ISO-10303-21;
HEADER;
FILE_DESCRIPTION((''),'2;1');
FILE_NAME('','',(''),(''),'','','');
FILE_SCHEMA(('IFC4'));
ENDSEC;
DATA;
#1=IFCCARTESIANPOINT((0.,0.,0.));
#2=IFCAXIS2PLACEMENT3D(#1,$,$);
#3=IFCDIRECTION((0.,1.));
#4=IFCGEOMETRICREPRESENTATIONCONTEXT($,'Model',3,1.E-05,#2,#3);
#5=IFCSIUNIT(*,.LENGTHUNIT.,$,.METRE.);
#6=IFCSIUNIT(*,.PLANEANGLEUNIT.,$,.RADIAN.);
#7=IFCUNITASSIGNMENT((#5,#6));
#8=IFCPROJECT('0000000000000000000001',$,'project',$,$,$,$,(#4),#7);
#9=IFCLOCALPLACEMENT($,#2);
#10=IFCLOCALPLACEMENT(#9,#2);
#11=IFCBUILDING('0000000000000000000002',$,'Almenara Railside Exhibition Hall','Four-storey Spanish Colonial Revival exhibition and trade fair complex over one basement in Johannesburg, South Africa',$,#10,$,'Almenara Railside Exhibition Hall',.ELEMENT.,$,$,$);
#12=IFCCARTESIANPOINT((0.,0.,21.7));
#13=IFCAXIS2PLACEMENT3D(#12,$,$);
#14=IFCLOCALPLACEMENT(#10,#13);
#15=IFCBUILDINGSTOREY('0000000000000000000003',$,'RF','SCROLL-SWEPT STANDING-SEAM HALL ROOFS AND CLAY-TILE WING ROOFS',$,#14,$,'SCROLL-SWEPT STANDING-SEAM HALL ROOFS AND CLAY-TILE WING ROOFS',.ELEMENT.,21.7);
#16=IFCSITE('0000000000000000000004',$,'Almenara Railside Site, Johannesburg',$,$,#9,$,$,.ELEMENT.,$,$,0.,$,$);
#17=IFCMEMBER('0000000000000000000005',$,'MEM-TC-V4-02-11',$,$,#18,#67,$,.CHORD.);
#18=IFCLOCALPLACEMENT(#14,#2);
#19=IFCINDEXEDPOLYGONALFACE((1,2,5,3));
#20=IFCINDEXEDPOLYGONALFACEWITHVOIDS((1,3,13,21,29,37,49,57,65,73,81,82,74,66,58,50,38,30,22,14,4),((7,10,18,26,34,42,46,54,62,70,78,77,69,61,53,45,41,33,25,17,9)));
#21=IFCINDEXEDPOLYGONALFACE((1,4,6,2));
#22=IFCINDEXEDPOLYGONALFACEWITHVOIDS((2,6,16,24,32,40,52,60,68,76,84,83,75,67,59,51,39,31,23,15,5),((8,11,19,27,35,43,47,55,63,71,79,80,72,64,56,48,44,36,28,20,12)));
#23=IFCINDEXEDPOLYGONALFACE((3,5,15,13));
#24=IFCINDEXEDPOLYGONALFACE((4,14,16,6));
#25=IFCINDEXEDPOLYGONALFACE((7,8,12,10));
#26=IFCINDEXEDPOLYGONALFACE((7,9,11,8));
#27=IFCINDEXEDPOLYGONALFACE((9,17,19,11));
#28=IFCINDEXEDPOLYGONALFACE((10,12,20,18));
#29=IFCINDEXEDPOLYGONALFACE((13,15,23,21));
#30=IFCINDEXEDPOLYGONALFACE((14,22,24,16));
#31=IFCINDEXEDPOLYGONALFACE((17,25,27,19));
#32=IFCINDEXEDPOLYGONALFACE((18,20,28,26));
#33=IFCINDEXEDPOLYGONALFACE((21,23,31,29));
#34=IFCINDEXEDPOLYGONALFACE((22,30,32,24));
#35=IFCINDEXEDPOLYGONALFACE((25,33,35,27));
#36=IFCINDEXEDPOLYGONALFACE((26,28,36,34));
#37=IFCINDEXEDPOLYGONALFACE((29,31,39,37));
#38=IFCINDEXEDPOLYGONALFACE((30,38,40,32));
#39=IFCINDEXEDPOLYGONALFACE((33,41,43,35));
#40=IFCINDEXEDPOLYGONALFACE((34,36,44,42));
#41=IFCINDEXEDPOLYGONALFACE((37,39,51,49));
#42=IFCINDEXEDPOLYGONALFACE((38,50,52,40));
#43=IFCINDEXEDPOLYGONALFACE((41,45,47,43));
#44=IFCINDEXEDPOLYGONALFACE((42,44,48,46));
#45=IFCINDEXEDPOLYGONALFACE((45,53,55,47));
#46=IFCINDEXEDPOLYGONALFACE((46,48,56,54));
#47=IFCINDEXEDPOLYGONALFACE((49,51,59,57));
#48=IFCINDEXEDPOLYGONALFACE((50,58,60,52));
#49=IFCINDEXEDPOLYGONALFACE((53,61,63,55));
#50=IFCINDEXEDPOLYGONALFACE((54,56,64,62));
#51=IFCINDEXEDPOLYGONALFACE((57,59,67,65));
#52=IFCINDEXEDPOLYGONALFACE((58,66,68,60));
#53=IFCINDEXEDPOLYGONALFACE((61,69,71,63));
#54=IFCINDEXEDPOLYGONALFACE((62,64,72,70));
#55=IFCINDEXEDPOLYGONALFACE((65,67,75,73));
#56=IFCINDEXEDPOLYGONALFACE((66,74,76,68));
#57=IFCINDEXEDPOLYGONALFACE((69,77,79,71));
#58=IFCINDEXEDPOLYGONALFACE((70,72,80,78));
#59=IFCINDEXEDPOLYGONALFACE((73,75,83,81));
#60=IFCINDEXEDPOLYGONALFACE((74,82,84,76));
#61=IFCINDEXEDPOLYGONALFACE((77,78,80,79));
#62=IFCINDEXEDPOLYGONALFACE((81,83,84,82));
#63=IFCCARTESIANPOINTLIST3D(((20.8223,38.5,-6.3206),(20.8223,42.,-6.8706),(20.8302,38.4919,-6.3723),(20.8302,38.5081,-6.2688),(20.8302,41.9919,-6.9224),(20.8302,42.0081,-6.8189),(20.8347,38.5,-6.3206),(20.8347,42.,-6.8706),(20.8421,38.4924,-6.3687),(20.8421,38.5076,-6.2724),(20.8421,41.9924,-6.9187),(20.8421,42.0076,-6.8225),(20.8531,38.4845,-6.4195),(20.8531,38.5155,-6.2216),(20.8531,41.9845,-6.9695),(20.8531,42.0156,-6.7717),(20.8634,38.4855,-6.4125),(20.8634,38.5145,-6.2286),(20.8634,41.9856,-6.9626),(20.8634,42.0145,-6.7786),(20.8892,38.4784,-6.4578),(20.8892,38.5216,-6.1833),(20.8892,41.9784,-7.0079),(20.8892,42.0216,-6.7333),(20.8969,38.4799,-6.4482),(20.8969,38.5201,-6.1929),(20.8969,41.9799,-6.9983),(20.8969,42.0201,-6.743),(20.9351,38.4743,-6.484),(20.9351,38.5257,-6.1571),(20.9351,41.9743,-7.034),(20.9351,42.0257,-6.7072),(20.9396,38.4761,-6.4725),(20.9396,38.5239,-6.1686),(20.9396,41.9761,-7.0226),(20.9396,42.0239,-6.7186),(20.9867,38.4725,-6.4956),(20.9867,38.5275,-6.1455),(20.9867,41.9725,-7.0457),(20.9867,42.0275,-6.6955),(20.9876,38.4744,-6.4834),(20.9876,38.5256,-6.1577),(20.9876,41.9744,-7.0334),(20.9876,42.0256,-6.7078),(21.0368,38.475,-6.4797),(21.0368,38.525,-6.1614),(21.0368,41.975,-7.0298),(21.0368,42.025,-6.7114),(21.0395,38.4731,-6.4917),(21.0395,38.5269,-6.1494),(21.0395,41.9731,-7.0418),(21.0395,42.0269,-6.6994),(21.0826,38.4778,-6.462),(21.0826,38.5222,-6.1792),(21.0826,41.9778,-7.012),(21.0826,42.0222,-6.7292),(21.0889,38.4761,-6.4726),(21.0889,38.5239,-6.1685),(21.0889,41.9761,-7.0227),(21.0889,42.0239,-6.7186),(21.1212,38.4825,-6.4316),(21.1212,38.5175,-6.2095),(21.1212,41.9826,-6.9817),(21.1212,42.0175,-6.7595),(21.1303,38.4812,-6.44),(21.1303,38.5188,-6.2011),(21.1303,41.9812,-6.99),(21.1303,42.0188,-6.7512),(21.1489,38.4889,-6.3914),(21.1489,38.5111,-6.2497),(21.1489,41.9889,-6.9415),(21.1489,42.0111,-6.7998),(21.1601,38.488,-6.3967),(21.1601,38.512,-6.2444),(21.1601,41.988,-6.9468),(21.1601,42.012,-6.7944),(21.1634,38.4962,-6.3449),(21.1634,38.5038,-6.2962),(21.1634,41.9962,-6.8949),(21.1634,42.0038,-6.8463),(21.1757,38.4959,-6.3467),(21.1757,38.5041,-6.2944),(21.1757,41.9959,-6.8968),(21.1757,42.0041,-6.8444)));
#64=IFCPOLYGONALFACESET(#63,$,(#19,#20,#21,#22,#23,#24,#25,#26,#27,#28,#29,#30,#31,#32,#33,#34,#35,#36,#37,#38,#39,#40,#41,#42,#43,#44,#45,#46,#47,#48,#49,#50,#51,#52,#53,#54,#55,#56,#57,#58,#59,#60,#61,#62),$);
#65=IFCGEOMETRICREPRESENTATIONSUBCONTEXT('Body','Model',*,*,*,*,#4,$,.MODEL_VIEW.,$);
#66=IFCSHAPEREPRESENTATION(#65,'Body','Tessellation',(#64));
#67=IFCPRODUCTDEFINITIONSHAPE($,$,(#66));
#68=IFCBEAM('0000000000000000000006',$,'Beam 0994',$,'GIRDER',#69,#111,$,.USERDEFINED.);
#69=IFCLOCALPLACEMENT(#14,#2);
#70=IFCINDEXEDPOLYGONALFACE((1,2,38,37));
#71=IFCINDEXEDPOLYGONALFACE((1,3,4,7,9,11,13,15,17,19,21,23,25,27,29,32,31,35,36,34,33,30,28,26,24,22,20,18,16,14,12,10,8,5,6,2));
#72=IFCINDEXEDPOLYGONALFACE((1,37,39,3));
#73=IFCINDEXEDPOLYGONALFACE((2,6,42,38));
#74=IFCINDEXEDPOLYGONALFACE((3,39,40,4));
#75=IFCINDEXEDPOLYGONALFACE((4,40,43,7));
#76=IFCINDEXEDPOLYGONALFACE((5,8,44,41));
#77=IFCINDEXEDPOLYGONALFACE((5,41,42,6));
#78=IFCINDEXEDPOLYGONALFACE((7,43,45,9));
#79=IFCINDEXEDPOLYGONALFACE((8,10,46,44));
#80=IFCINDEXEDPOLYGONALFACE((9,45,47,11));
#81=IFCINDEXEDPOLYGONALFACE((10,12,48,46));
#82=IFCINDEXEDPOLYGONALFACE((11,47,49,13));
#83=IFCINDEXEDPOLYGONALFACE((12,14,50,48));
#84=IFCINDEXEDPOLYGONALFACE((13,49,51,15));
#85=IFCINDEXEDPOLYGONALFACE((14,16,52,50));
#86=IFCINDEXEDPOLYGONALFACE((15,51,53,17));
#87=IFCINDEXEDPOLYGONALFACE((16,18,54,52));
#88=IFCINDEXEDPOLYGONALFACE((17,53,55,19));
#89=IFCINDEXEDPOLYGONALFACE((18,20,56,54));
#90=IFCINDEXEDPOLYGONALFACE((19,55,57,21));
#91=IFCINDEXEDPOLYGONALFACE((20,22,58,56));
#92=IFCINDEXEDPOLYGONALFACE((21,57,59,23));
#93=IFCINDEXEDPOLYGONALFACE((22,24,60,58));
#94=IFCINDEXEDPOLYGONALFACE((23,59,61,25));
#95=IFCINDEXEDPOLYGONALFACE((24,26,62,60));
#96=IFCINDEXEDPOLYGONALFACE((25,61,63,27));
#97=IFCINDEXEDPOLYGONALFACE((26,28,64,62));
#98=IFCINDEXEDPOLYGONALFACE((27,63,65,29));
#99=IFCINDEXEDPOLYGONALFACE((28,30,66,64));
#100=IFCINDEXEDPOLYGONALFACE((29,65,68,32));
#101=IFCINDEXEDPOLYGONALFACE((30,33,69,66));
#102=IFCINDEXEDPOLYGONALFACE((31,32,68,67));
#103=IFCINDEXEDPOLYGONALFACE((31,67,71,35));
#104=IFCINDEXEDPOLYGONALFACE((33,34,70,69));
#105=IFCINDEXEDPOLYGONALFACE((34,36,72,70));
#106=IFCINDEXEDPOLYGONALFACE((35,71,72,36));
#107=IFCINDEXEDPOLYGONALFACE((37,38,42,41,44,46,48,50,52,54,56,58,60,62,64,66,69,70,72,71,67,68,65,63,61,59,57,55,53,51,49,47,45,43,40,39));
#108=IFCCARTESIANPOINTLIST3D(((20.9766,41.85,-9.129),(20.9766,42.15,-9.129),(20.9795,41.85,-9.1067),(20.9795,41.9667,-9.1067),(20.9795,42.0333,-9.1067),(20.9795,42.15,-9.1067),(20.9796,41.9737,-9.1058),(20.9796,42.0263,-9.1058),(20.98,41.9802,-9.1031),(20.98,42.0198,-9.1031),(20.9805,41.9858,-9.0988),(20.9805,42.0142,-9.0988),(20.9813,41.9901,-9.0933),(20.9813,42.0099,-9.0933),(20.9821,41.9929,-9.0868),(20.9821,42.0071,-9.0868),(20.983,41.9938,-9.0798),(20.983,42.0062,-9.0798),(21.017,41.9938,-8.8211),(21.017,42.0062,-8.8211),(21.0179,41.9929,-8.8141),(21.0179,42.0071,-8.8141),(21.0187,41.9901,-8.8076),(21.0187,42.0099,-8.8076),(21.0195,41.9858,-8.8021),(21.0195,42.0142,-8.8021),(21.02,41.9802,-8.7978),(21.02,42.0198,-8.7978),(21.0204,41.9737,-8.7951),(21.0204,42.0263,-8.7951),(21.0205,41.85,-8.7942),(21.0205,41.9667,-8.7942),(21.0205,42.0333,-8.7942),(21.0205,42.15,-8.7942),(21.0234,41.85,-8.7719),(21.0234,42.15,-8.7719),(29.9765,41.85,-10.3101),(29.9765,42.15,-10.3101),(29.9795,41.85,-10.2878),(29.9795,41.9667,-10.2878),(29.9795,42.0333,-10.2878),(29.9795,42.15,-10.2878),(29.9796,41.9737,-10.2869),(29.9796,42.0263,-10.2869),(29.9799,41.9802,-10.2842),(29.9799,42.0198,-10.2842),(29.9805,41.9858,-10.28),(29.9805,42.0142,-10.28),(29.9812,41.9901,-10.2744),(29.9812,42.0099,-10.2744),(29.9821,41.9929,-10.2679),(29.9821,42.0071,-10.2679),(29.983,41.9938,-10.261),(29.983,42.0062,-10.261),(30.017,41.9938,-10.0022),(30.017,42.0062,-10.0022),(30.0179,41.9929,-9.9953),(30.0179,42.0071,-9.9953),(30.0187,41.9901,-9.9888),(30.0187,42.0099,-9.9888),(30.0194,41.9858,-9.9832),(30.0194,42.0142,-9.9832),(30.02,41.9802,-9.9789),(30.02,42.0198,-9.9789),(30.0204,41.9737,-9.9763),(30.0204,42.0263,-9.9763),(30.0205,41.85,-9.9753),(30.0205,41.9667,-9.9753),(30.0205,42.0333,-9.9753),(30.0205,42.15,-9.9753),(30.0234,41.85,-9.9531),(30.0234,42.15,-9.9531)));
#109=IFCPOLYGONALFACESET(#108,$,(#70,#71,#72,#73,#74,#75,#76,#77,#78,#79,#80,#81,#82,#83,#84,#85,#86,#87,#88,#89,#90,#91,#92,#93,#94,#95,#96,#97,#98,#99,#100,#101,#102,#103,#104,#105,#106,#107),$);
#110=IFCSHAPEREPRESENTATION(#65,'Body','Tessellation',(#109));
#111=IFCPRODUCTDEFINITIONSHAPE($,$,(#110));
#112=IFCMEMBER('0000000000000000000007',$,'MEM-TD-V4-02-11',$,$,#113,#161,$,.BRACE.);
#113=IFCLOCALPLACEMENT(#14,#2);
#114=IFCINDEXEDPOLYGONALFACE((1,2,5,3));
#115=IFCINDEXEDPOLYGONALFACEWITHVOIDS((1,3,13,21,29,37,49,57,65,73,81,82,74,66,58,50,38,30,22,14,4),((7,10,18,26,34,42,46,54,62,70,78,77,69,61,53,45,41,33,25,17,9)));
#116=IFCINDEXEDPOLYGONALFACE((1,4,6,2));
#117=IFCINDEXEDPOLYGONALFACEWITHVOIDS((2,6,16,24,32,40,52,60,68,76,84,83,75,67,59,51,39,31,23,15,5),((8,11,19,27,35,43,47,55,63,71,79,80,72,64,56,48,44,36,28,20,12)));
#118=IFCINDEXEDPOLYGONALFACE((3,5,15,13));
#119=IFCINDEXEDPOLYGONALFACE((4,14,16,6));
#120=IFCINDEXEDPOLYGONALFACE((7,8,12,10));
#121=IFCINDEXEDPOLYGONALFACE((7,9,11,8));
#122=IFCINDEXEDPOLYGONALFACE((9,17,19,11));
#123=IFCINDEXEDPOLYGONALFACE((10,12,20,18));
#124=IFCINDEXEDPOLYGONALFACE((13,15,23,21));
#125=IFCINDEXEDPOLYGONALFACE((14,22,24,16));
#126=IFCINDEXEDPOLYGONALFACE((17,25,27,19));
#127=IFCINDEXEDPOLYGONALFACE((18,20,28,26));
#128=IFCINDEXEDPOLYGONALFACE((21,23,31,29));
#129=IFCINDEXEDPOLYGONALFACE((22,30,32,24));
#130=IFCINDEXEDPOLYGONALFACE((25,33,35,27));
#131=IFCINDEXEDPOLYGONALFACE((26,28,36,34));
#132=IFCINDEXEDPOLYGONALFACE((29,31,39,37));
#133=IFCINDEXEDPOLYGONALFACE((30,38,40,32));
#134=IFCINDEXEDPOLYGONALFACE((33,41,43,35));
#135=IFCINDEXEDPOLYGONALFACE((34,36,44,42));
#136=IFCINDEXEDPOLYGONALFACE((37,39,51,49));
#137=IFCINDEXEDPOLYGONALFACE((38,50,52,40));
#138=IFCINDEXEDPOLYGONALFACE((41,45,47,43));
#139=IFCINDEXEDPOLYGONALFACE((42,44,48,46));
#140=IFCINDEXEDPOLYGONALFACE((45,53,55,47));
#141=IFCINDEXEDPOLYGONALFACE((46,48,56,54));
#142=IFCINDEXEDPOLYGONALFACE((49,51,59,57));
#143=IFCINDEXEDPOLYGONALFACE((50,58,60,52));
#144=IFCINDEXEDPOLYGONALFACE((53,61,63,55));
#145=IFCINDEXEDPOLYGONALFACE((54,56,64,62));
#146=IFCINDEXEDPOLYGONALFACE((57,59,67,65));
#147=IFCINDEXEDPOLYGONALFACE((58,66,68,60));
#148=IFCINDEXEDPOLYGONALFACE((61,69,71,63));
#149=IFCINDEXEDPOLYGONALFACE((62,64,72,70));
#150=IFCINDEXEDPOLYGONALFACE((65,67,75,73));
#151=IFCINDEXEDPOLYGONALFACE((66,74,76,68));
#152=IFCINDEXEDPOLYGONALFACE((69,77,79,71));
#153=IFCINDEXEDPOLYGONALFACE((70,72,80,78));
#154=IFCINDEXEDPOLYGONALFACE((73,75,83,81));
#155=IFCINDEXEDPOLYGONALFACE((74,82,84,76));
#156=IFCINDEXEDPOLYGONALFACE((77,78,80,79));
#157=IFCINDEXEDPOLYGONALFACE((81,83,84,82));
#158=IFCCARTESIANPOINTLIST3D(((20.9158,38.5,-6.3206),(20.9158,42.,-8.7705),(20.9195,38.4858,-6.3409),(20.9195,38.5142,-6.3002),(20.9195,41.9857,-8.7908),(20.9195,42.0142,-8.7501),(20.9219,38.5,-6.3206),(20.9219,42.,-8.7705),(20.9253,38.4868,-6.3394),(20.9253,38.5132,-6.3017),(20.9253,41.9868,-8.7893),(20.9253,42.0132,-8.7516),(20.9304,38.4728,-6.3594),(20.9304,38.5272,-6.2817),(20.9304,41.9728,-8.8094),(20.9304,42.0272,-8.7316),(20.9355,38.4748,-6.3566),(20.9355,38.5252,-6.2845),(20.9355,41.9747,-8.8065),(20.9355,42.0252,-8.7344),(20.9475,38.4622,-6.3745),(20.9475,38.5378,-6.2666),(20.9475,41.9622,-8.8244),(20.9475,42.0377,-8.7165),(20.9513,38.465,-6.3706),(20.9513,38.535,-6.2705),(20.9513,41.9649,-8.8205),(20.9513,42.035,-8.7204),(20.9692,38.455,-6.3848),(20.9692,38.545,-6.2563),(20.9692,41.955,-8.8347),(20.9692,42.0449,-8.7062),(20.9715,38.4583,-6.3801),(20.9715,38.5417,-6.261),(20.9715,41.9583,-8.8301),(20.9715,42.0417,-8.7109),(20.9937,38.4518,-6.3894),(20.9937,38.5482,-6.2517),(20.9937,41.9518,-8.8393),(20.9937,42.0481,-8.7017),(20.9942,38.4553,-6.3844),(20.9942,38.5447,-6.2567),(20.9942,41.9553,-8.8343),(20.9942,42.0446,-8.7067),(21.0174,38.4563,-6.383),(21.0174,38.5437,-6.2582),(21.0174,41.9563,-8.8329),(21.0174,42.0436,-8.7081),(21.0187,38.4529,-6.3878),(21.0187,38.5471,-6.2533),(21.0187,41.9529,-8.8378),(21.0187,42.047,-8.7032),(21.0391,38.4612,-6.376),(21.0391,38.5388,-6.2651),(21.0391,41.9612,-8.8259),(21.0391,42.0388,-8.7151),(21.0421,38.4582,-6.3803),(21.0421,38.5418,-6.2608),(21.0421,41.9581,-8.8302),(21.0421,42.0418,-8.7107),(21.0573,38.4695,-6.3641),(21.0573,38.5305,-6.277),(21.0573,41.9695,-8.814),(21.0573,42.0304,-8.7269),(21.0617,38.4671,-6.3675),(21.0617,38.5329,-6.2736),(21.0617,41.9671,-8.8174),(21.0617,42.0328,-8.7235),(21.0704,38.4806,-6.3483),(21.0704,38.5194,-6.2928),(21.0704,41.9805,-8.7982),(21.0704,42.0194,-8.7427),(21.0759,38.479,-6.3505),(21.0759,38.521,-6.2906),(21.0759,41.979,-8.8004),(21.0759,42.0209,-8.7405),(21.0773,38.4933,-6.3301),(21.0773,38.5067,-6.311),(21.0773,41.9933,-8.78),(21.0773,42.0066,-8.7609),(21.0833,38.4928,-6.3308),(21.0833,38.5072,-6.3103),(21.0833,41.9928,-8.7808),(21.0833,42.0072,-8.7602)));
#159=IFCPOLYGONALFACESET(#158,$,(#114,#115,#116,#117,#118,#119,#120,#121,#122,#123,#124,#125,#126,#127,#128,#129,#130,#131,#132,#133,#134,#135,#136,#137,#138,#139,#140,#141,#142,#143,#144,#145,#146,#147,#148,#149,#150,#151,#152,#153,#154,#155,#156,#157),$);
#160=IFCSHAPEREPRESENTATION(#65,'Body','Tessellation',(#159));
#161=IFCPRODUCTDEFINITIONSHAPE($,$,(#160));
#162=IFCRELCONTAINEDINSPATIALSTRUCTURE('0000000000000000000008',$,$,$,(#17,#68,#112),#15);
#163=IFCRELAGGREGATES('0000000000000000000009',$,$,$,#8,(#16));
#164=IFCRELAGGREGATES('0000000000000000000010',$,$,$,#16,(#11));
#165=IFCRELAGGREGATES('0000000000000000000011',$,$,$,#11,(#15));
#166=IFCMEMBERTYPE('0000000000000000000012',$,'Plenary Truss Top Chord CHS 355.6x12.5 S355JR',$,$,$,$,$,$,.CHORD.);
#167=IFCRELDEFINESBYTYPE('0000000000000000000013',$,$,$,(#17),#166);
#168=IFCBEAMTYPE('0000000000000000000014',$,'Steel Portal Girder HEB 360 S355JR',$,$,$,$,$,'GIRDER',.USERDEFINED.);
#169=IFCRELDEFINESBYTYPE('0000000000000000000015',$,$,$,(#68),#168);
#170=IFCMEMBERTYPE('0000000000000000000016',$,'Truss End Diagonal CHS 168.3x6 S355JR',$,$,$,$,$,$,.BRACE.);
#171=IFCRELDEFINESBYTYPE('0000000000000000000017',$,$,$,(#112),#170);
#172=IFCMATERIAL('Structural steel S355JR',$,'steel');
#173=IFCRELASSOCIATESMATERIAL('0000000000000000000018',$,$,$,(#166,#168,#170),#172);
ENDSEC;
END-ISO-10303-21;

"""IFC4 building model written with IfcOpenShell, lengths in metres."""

from ifc_helpers import new_model, si_unit, direction, frame, origin, origin_2d, place, context, subcontext, project, spatial, hollow_circle, i_section, extrude, material, material_profile, profile_set, type_object, element, save


model = new_model("IFC4")

# Units and contexts
model_context = context("Model", 3, precision=1e-05, world=origin(), true_north=direction((0.0, 1.0)))
body_context = subcontext(model_context, "Body", "Model", "MODEL_VIEW")
ifc_project = project(units=[si_unit("LENGTHUNIT", "METRE"), si_unit("PLANEANGLEUNIT", "RADIAN")], contexts=[model_context])

# Site, building, storey
site_placement = place(None, origin())
site = spatial("IfcSite", under=ifc_project, at=site_placement, Name="Almenara Railside Site, Johannesburg", CompositionType="ELEMENT", RefElevation=0.0)
building_placement = place(site_placement, origin())
building = spatial("IfcBuilding", under=site, at=building_placement, Name="Almenara Railside Exhibition Hall", Description="Four-storey Spanish Colonial Revival exhibition and trade fair complex over one basement in Johannesburg, South Africa", LongName="Almenara Railside Exhibition Hall", CompositionType="ELEMENT")
storey_placement = place(building_placement, frame((0.0, 0.0, 21.7)))
storey = spatial("IfcBuildingStorey", under=building, at=storey_placement, Name="RF", Description="SCROLL-SWEPT STANDING-SEAM HALL ROOFS AND CLAY-TILE WING ROOFS", LongName="SCROLL-SWEPT STANDING-SEAM HALL ROOFS AND CLAY-TILE WING ROOFS", CompositionType="ELEMENT", Elevation=21.7)

# Shared definitions
ifc_material_1 = material(Name="Structural steel S355JR", Category="steel")

# Member
ifc_material_profile_1 = material_profile(ifc_material_1, hollow_circle(Radius=0.1777, WallThickness=0.0125, at=origin_2d()), Name="CHS 355.6x12.5")
ifc_profile_set_1 = profile_set([ifc_material_profile_1], Name="Structural steel S355JR")
member_type_1 = type_object("IfcMemberType", Name="Plenary Truss Top Chord CHS 355.6x12.5 S355JR", PredefinedType="CHORD", material=ifc_profile_set_1)
member_1_placement = place(storey_placement, frame((21.0, 38.5, -6.3206), z_axis=(0.0, 0.987875, -0.155251), x_axis=(-1.0, 0.0, 0.0)))
element("IfcMember", 1, at=member_1_placement, inside=storey, type_object=member_type_1, Name="MEM-TC-V4-02-11", PredefinedType="CHORD", context=body_context, shape_type="SweptSolid", body=[
    extrude(hollow_circle(Radius=0.1777, WallThickness=0.0125, at=origin_2d()), origin(), (0.0, 0.0, 1.0), 3.543),
])

# Beam
ifc_material_profile_2 = material_profile(ifc_material_1, i_section(OverallWidth=0.3, OverallDepth=0.3601, WebThickness=0.0125, FlangeThickness=0.0225, FilletRadius=0.0271, at=origin_2d()), Name="HEB 360")
ifc_profile_set_2 = profile_set([ifc_material_profile_2], Name="Structural steel S355JR")
beam_type = type_object("IfcBeamType", Name="Steel Portal Girder HEB 360 S355JR", ElementType="GIRDER", PredefinedType="USERDEFINED", material=ifc_profile_set_2)
beam_placement = place(storey_placement, frame((21.0, 42.0, -8.9504), z_axis=(0.991498, 0.0, -0.130123), x_axis=(0.0, 1.0, 0.0)))
element("IfcBeam", 2, at=beam_placement, inside=storey, type_object=beam_type, Name="Beam 0994", ObjectType="GIRDER", PredefinedType="USERDEFINED", context=body_context, shape_type="SweptSolid", body=[
    extrude(i_section(OverallWidth=0.3, OverallDepth=0.3601, WebThickness=0.0125, FlangeThickness=0.0225, FilletRadius=0.0271, at=origin_2d()), origin(), (0.0, 0.0, 1.0), 9.0771),
])

# Member
ifc_material_profile_3 = material_profile(ifc_material_1, hollow_circle(Radius=0.0842, WallThickness=0.0061, at=origin_2d()), Name="CHS 168.3x6")
ifc_profile_set_3 = profile_set([ifc_material_profile_3], Name="Structural steel S355JR")
member_type_2 = type_object("IfcMemberType", Name="Truss End Diagonal CHS 168.3x6 S355JR", PredefinedType="BRACE", material=ifc_profile_set_3)
member_2_placement = place(storey_placement, frame((21.0, 38.5, -6.3206), z_axis=(0.0, 0.819237, -0.573455), x_axis=(-1.0, 0.0, 0.0)))
element("IfcMember", 3, at=member_2_placement, inside=storey, type_object=member_type_2, Name="MEM-TD-V4-02-11", PredefinedType="BRACE", context=body_context, shape_type="SweptSolid", body=[
    extrude(hollow_circle(Radius=0.0842, WallThickness=0.0061, at=origin_2d()), origin(), (0.0, 0.0, 1.0), 4.2722),
])

save(model, "model.ifc")
